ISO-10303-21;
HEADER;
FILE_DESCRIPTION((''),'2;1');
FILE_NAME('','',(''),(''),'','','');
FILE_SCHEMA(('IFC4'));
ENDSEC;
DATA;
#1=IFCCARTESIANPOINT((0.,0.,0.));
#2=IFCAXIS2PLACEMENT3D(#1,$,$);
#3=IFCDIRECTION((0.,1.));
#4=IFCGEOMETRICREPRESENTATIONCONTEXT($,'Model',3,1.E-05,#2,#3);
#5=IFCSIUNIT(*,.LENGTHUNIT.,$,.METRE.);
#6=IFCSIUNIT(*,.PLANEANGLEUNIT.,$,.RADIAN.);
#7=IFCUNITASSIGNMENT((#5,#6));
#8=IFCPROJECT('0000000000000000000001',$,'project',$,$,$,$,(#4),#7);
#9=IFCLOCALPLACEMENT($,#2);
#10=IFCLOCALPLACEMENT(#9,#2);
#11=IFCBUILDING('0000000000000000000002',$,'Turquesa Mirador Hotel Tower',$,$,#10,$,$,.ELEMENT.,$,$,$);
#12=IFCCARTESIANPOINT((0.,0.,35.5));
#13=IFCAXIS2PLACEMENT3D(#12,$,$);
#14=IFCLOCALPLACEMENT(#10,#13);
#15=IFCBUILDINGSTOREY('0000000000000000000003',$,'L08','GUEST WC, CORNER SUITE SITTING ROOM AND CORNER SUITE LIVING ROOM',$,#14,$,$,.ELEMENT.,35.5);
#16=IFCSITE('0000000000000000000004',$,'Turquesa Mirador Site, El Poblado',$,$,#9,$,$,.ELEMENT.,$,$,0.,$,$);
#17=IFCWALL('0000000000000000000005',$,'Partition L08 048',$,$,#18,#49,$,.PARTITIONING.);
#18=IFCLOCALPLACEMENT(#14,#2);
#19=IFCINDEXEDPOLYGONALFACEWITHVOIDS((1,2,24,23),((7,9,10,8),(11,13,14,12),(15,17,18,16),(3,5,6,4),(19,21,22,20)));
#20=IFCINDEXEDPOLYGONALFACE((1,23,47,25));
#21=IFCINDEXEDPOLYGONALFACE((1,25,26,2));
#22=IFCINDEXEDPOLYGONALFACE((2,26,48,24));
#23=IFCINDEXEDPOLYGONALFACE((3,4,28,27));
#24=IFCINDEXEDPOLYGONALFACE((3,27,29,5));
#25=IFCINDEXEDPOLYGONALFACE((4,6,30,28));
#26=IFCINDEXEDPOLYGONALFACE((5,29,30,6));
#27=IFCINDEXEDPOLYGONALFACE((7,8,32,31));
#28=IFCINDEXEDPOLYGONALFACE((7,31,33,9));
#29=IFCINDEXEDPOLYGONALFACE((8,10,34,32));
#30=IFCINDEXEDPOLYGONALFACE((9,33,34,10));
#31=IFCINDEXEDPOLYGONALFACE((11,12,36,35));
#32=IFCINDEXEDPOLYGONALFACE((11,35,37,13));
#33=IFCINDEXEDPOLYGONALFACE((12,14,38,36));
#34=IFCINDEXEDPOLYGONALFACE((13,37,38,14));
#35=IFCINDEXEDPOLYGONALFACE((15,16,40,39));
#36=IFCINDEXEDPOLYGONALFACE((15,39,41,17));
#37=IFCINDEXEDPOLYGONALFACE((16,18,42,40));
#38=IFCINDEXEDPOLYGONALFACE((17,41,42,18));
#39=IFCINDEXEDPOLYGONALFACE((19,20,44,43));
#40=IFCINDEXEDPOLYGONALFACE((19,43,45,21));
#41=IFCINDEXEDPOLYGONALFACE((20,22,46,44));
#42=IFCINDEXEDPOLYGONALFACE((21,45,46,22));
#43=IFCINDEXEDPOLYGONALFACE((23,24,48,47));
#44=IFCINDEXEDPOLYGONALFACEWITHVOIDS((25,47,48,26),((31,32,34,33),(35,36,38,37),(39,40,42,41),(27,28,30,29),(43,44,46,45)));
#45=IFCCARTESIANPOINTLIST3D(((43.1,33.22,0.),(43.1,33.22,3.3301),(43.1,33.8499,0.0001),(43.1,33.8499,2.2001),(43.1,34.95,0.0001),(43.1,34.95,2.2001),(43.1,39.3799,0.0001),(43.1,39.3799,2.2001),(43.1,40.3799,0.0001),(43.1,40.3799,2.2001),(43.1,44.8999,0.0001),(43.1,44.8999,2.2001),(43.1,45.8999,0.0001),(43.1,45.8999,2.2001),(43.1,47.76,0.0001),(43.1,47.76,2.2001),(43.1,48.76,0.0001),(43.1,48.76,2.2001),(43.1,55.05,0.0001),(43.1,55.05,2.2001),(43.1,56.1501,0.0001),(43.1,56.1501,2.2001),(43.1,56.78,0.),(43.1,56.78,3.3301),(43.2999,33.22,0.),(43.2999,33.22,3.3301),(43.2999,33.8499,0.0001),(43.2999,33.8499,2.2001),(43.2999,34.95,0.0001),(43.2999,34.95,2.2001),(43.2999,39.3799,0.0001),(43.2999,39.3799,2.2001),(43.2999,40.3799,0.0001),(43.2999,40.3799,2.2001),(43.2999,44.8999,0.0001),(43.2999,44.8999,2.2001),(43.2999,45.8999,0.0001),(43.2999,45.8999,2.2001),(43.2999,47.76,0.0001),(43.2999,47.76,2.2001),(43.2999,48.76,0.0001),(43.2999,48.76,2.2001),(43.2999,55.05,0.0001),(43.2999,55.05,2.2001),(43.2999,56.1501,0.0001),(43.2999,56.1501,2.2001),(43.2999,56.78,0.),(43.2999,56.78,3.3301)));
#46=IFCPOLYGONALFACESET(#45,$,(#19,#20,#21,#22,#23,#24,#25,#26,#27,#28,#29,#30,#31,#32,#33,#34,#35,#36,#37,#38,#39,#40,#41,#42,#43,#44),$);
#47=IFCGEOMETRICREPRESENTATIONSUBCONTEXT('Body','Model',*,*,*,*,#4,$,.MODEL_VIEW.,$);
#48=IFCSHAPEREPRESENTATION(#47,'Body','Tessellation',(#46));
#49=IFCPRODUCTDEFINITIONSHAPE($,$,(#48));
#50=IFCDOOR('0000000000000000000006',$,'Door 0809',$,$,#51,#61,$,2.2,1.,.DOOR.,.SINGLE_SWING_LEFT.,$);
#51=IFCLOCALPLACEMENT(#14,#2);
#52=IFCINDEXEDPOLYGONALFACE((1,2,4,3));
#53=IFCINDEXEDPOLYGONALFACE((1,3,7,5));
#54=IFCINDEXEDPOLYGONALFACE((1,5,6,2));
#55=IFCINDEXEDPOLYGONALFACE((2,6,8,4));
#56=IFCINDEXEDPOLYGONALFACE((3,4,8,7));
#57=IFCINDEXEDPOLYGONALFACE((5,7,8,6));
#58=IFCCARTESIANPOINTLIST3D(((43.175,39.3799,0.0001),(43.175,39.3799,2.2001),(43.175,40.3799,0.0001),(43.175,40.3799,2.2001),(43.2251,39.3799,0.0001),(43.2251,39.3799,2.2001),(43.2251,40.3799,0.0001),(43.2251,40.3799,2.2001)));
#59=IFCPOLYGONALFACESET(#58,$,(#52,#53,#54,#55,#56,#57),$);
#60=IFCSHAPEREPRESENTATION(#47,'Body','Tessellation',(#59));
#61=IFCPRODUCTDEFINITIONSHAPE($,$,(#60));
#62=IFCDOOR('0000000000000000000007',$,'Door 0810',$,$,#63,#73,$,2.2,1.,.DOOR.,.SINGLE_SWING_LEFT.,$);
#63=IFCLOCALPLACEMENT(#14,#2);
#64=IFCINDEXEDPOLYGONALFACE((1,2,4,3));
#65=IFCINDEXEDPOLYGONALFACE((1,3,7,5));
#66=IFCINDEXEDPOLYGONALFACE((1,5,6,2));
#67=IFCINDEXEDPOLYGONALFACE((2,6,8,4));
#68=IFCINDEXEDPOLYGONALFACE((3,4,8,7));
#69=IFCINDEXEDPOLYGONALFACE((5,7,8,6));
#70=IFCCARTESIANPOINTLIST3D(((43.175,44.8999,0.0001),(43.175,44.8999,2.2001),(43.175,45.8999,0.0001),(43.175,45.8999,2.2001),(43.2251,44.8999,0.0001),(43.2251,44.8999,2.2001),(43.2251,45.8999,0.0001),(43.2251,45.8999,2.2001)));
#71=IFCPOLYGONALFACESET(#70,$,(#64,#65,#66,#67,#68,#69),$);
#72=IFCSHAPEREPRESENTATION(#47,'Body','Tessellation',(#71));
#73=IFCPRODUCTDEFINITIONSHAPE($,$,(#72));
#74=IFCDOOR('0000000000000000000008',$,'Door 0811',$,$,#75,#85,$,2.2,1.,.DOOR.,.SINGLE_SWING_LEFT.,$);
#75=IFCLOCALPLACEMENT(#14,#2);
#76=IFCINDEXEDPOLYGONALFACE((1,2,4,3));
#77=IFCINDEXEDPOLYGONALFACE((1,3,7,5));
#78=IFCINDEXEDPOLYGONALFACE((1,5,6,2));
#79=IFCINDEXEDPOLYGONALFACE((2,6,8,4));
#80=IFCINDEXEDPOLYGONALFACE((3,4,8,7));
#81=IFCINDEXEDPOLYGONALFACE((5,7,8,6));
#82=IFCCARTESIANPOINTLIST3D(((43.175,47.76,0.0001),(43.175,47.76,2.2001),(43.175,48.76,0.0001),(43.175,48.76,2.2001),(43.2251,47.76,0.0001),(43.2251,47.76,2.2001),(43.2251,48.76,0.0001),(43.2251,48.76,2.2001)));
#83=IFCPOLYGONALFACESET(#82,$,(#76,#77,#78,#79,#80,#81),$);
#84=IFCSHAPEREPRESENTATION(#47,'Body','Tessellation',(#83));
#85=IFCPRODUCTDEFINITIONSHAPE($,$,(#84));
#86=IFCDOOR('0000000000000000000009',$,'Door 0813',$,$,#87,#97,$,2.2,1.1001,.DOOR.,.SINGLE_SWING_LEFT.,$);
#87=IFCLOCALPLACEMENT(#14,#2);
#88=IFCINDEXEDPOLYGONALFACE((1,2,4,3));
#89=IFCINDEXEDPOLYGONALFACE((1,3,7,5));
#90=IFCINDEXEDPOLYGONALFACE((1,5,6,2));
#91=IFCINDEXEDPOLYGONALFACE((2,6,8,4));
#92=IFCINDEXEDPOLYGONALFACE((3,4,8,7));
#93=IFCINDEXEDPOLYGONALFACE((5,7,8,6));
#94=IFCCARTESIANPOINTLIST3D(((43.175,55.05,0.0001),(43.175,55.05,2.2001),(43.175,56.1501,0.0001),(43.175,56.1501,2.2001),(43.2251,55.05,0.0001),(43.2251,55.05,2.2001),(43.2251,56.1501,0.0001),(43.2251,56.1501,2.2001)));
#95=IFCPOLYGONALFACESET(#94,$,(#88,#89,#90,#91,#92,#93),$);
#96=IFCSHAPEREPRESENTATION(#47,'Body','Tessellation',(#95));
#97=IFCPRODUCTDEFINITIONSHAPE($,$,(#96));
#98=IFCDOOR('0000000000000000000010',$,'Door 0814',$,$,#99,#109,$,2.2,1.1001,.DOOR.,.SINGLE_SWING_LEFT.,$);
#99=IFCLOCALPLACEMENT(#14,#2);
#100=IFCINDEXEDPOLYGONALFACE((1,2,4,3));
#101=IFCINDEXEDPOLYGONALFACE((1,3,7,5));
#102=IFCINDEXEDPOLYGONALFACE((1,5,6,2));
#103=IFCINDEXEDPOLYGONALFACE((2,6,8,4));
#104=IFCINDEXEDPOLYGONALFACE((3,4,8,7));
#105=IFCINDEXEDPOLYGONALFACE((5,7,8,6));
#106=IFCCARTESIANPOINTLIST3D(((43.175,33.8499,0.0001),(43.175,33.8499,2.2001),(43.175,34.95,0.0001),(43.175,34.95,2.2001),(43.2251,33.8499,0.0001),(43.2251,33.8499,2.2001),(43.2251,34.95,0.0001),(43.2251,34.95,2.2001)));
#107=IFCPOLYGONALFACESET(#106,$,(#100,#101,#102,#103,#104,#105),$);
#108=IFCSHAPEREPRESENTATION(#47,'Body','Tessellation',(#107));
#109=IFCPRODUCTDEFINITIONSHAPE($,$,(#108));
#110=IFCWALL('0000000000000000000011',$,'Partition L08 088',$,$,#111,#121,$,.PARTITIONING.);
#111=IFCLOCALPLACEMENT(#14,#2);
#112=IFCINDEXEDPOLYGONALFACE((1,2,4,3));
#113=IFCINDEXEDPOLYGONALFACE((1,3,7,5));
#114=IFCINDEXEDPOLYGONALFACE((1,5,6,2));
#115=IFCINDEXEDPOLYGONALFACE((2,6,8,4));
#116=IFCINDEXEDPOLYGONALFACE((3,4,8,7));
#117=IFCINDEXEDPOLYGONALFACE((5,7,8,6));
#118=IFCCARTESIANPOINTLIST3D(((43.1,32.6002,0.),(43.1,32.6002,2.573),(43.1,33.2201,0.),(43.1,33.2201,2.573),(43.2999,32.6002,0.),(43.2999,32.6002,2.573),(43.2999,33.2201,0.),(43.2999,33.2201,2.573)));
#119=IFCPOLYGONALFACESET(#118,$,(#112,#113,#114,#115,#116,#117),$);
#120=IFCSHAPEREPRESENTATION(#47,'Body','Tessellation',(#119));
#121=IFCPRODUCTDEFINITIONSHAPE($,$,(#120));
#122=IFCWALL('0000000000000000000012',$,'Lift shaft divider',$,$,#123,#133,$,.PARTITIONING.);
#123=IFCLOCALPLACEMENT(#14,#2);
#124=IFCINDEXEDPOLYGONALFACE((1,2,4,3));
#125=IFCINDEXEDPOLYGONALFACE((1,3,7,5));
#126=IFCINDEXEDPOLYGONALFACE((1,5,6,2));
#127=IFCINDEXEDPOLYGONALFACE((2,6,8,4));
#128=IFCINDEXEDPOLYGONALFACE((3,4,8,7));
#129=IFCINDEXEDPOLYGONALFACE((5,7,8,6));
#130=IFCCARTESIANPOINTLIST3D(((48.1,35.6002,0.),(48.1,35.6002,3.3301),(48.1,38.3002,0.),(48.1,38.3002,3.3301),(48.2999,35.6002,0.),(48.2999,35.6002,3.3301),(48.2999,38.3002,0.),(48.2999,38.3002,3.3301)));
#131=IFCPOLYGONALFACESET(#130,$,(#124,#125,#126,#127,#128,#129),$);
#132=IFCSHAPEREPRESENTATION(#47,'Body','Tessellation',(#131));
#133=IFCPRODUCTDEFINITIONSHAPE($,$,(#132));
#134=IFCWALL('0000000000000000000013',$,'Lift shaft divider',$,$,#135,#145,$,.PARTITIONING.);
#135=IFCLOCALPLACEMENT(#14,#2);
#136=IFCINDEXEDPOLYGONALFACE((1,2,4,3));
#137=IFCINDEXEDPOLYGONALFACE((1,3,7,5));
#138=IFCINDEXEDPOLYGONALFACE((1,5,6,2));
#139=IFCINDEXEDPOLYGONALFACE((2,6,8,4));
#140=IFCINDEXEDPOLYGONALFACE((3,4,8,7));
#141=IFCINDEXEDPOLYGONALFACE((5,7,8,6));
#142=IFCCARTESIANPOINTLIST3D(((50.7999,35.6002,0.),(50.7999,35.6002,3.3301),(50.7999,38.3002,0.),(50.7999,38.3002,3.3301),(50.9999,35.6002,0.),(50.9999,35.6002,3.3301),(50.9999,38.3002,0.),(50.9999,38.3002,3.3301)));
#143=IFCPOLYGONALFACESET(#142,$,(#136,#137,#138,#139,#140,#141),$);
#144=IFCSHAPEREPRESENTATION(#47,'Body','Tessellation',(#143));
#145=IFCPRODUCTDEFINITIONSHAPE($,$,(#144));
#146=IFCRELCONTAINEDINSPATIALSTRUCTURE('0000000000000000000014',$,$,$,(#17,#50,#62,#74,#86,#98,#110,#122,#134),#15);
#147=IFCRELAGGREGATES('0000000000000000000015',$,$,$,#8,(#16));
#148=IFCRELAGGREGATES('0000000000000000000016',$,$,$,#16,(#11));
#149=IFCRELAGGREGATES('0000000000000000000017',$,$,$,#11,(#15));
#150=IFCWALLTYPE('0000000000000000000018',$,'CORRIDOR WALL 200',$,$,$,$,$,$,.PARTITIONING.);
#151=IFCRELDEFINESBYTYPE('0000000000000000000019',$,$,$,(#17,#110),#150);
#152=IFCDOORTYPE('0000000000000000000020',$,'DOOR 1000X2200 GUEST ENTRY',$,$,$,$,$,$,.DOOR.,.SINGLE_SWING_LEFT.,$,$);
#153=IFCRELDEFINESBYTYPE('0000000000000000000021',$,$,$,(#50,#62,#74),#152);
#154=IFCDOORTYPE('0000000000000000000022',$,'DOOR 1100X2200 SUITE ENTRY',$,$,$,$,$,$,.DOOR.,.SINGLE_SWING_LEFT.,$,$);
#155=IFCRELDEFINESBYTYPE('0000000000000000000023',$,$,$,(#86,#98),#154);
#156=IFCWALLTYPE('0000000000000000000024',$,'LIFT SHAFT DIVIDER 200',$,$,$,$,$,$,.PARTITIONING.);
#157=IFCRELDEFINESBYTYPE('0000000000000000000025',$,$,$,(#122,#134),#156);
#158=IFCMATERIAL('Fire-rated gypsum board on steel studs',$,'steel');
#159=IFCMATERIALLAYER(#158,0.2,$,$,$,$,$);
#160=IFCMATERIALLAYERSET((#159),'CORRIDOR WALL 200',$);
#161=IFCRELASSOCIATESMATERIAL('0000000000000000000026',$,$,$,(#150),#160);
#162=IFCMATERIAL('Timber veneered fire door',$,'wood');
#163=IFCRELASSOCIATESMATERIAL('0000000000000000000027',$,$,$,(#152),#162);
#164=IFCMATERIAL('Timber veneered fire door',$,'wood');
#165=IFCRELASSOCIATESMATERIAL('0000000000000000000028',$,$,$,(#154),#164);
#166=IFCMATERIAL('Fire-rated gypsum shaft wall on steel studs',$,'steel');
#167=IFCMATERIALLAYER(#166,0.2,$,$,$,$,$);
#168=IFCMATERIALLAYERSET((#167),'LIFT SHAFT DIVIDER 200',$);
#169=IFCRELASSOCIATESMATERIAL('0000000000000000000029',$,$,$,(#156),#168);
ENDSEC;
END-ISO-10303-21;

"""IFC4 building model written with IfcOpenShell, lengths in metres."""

from ifc_helpers import new_model, si_unit, direction, frame, frame_2d, origin, place, context, subcontext, project, spatial, rectangle, extrude, material, layer, layer_set, type_object, element, fill, save


model = new_model("IFC4")

# Units and contexts
model_context = context("Model", 3, precision=1e-05, world=origin(), true_north=direction((0.0, 1.0)))
body_context = subcontext(model_context, "Body", "Model", "MODEL_VIEW")
ifc_project = project(units=[si_unit("LENGTHUNIT", "METRE"), si_unit("PLANEANGLEUNIT", "RADIAN")], contexts=[model_context])

# Site, building, storey
site_placement = place(None, origin())
site = spatial("IfcSite", under=ifc_project, at=site_placement, Name="Turquesa Mirador Site, El Poblado", CompositionType="ELEMENT", RefElevation=0.0)
building_placement = place(site_placement, origin())
building = spatial("IfcBuilding", under=site, at=building_placement, Name="Turquesa Mirador Hotel Tower", CompositionType="ELEMENT")
storey_placement = place(building_placement, frame((0.0, 0.0, 35.5)))
storey = spatial("IfcBuildingStorey", under=building, at=storey_placement, Name="L08", Description="GUEST WC, CORNER SUITE SITTING ROOM AND CORNER SUITE LIVING ROOM", CompositionType="ELEMENT", Elevation=35.5)

# Wall, openings, doors
ifc_material_1 = material(Name="Fire-rated gypsum board on steel studs", Category="steel")
ifc_layer_1 = layer(ifc_material_1, 0.2)
ifc_layer_set_1 = layer_set([ifc_layer_1], Name="CORRIDOR WALL 200")
wall_type_1 = type_object("IfcWallType", Name="CORRIDOR WALL 200", PredefinedType="PARTITIONING", material=ifc_layer_set_1)
wall_1_placement = place(storey_placement, frame((43.2, 33.22, 0.0), z_axis=(0.0, 0.0, 1.0), x_axis=(0.0, 1.0, 0.0)))
wall_1 = element("IfcWall", 1, at=wall_1_placement, inside=storey, type_object=wall_type_1, Name="Partition L08 048", PredefinedType="PARTITIONING", context=body_context, shape_type="SweptSolid", body=[
    extrude(rectangle(XDim=23.5601, YDim=0.2, at=frame_2d((11.78, 0.0))), origin(), (0.0, 0.0, 1.0), 3.3301),
])
opening_1_placement = place(wall_1_placement, frame((6.1599, 0.0, 0.0)))
opening_1 = element("IfcOpeningElement", 2, at=opening_1_placement, cuts=wall_1, PredefinedType="OPENING", context=body_context, shape_type="SweptSolid", body=[
    extrude(rectangle(XDim=1.0, YDim=2.2, at=frame_2d((0.5, 1.1001))), frame((0.0, 0.1099, 0.0), z_axis=(0.0, -1.0, 0.0), x_axis=(1.0, 0.0, 0.0)), (0.0, 0.0, 1.0), 0.22),
])
opening_2_placement = place(wall_1_placement, frame((11.6799, 0.0, 0.0)))
opening_2 = element("IfcOpeningElement", 3, at=opening_2_placement, cuts=wall_1, PredefinedType="OPENING", context=body_context, shape_type="SweptSolid", body=[
    extrude(rectangle(XDim=1.0, YDim=2.2, at=frame_2d((0.5, 1.1001))), frame((0.0, 0.1099, 0.0), z_axis=(0.0, -1.0, 0.0), x_axis=(1.0, 0.0, 0.0)), (0.0, 0.0, 1.0), 0.22),
])
opening_3_placement = place(wall_1_placement, frame((14.54, 0.0, 0.0)))
opening_3 = element("IfcOpeningElement", 4, at=opening_3_placement, cuts=wall_1, PredefinedType="OPENING", context=body_context, shape_type="SweptSolid", body=[
    extrude(rectangle(XDim=1.0, YDim=2.2, at=frame_2d((0.5, 1.1001))), frame((0.0, 0.1099, 0.0), z_axis=(0.0, -1.0, 0.0), x_axis=(1.0, 0.0, 0.0)), (0.0, 0.0, 1.0), 0.22),
])
opening_4_placement = place(wall_1_placement, frame((21.8301, 0.0, 0.0)))
opening_4 = element("IfcOpeningElement", 5, at=opening_4_placement, cuts=wall_1, PredefinedType="OPENING", context=body_context, shape_type="SweptSolid", body=[
    extrude(rectangle(XDim=1.1001, YDim=2.2, at=frame_2d((0.55, 1.1001))), frame((0.0, 0.1099, 0.0), z_axis=(0.0, -1.0, 0.0), x_axis=(1.0, 0.0, 0.0)), (0.0, 0.0, 1.0), 0.22),
])
opening_5_placement = place(wall_1_placement, frame((0.6299, 0.0, 0.0)))
opening_5 = element("IfcOpeningElement", 6, at=opening_5_placement, cuts=wall_1, PredefinedType="OPENING", context=body_context, shape_type="SweptSolid", body=[
    extrude(rectangle(XDim=1.1001, YDim=2.2, at=frame_2d((0.55, 1.1001))), frame((0.0, 0.1099, 0.0), z_axis=(0.0, -1.0, 0.0), x_axis=(1.0, 0.0, 0.0)), (0.0, 0.0, 1.0), 0.22),
])
ifc_material_2 = material(Name="Timber veneered fire door", Category="wood")
door_type_1 = type_object("IfcDoorType", Name="DOOR 1000X2200 GUEST ENTRY", OperationType="SINGLE_SWING_LEFT", PredefinedType="DOOR", material=ifc_material_2)
door_1_placement = place(opening_1_placement, origin())
door_1 = element("IfcDoor", 7, at=door_1_placement, inside=storey, type_object=door_type_1, Name="Door 0809", OperationType="SINGLE_SWING_LEFT", OverallHeight=2.2, OverallWidth=1.0, PredefinedType="DOOR", context=body_context, shape_type="SweptSolid", body=[
    extrude(rectangle(XDim=1.0, YDim=2.2, at=frame_2d((0.5, 1.1001))), frame((0.0, 0.0249, 0.0), z_axis=(0.0, -1.0, 0.0), x_axis=(1.0, 0.0, 0.0)), (0.0, 0.0, 1.0), 0.05),
])
fill(opening_1, door_1)
door_2_placement = place(opening_2_placement, origin())
door_2 = element("IfcDoor", 8, at=door_2_placement, inside=storey, type_object=door_type_1, Name="Door 0810", OperationType="SINGLE_SWING_LEFT", OverallHeight=2.2, OverallWidth=1.0, PredefinedType="DOOR", context=body_context, shape_type="SweptSolid", body=[
    extrude(rectangle(XDim=1.0, YDim=2.2, at=frame_2d((0.5, 1.1001))), frame((0.0, 0.0249, 0.0), z_axis=(0.0, -1.0, 0.0), x_axis=(1.0, 0.0, 0.0)), (0.0, 0.0, 1.0), 0.05),
])
fill(opening_2, door_2)
door_3_placement = place(opening_3_placement, origin())
door_3 = element("IfcDoor", 9, at=door_3_placement, inside=storey, type_object=door_type_1, Name="Door 0811", OperationType="SINGLE_SWING_LEFT", OverallHeight=2.2, OverallWidth=1.0, PredefinedType="DOOR", context=body_context, shape_type="SweptSolid", body=[
    extrude(rectangle(XDim=1.0, YDim=2.2, at=frame_2d((0.5, 1.1001))), frame((0.0, 0.0249, 0.0), z_axis=(0.0, -1.0, 0.0), x_axis=(1.0, 0.0, 0.0)), (0.0, 0.0, 1.0), 0.05),
])
fill(opening_3, door_3)
ifc_material_3 = material(Name="Timber veneered fire door", Category="wood")
door_type_2 = type_object("IfcDoorType", Name="DOOR 1100X2200 SUITE ENTRY", OperationType="SINGLE_SWING_LEFT", PredefinedType="DOOR", material=ifc_material_3)
door_4_placement = place(opening_4_placement, origin())
door_4 = element("IfcDoor", 10, at=door_4_placement, inside=storey, type_object=door_type_2, Name="Door 0813", OperationType="SINGLE_SWING_LEFT", OverallHeight=2.2, OverallWidth=1.1001, PredefinedType="DOOR", context=body_context, shape_type="SweptSolid", body=[
    extrude(rectangle(XDim=1.1001, YDim=2.2, at=frame_2d((0.55, 1.1001))), frame((0.0, 0.0249, 0.0), z_axis=(0.0, -1.0, 0.0), x_axis=(1.0, 0.0, 0.0)), (0.0, 0.0, 1.0), 0.05),
])
fill(opening_4, door_4)
door_5_placement = place(opening_5_placement, origin())
door_5 = element("IfcDoor", 11, at=door_5_placement, inside=storey, type_object=door_type_2, Name="Door 0814", OperationType="SINGLE_SWING_LEFT", OverallHeight=2.2, OverallWidth=1.1001, PredefinedType="DOOR", context=body_context, shape_type="SweptSolid", body=[
    extrude(rectangle(XDim=1.1001, YDim=2.2, at=frame_2d((0.55, 1.1001))), frame((0.0, 0.0249, 0.0), z_axis=(0.0, -1.0, 0.0), x_axis=(1.0, 0.0, 0.0)), (0.0, 0.0, 1.0), 0.05),
])
fill(opening_5, door_5)

# Walls
wall_2_placement = place(storey_placement, frame((43.2, 32.6001, 0.0), z_axis=(0.0, 0.0, 1.0), x_axis=(0.0, 1.0, 0.0)))
element("IfcWall", 12, at=wall_2_placement, inside=storey, type_object=wall_type_1, Name="Partition L08 088", PredefinedType="PARTITIONING", context=body_context, shape_type="SweptSolid", body=[
    extrude(rectangle(XDim=0.6199, YDim=0.2, at=frame_2d((0.3101, 0.0))), origin(), (0.0, 0.0, 1.0), 2.573),
])
ifc_material_4 = material(Name="Fire-rated gypsum shaft wall on steel studs", Category="steel")
ifc_layer_2 = layer(ifc_material_4, 0.2)
ifc_layer_set_2 = layer_set([ifc_layer_2], Name="LIFT SHAFT DIVIDER 200")
wall_type_2 = type_object("IfcWallType", Name="LIFT SHAFT DIVIDER 200", PredefinedType="PARTITIONING", material=ifc_layer_set_2)
for number, where, z_axis, x_axis, name in (
    (13, (48.2, 35.6001, 0.0), (0.0, 0.0, 1.0), (0.0, 1.0, 0.0), "Lift shaft divider"),
    (14, (50.8999, 35.6001, 0.0), (0.0, 0.0, 1.0), (0.0, 1.0, 0.0), "Lift shaft divider"),
):
    element("IfcWall", number, at=place(storey_placement, frame(where, z_axis=z_axis, x_axis=x_axis)), inside=storey, type_object=wall_type_2, Name=name, PredefinedType="PARTITIONING", context=body_context, shape_type="SweptSolid", body=[
        extrude(rectangle(XDim=2.7, YDim=0.2, at=frame_2d((1.3501, 0.0))), origin(), (0.0, 0.0, 1.0), 3.3301),
    ])

save(model, "model.ifc")
